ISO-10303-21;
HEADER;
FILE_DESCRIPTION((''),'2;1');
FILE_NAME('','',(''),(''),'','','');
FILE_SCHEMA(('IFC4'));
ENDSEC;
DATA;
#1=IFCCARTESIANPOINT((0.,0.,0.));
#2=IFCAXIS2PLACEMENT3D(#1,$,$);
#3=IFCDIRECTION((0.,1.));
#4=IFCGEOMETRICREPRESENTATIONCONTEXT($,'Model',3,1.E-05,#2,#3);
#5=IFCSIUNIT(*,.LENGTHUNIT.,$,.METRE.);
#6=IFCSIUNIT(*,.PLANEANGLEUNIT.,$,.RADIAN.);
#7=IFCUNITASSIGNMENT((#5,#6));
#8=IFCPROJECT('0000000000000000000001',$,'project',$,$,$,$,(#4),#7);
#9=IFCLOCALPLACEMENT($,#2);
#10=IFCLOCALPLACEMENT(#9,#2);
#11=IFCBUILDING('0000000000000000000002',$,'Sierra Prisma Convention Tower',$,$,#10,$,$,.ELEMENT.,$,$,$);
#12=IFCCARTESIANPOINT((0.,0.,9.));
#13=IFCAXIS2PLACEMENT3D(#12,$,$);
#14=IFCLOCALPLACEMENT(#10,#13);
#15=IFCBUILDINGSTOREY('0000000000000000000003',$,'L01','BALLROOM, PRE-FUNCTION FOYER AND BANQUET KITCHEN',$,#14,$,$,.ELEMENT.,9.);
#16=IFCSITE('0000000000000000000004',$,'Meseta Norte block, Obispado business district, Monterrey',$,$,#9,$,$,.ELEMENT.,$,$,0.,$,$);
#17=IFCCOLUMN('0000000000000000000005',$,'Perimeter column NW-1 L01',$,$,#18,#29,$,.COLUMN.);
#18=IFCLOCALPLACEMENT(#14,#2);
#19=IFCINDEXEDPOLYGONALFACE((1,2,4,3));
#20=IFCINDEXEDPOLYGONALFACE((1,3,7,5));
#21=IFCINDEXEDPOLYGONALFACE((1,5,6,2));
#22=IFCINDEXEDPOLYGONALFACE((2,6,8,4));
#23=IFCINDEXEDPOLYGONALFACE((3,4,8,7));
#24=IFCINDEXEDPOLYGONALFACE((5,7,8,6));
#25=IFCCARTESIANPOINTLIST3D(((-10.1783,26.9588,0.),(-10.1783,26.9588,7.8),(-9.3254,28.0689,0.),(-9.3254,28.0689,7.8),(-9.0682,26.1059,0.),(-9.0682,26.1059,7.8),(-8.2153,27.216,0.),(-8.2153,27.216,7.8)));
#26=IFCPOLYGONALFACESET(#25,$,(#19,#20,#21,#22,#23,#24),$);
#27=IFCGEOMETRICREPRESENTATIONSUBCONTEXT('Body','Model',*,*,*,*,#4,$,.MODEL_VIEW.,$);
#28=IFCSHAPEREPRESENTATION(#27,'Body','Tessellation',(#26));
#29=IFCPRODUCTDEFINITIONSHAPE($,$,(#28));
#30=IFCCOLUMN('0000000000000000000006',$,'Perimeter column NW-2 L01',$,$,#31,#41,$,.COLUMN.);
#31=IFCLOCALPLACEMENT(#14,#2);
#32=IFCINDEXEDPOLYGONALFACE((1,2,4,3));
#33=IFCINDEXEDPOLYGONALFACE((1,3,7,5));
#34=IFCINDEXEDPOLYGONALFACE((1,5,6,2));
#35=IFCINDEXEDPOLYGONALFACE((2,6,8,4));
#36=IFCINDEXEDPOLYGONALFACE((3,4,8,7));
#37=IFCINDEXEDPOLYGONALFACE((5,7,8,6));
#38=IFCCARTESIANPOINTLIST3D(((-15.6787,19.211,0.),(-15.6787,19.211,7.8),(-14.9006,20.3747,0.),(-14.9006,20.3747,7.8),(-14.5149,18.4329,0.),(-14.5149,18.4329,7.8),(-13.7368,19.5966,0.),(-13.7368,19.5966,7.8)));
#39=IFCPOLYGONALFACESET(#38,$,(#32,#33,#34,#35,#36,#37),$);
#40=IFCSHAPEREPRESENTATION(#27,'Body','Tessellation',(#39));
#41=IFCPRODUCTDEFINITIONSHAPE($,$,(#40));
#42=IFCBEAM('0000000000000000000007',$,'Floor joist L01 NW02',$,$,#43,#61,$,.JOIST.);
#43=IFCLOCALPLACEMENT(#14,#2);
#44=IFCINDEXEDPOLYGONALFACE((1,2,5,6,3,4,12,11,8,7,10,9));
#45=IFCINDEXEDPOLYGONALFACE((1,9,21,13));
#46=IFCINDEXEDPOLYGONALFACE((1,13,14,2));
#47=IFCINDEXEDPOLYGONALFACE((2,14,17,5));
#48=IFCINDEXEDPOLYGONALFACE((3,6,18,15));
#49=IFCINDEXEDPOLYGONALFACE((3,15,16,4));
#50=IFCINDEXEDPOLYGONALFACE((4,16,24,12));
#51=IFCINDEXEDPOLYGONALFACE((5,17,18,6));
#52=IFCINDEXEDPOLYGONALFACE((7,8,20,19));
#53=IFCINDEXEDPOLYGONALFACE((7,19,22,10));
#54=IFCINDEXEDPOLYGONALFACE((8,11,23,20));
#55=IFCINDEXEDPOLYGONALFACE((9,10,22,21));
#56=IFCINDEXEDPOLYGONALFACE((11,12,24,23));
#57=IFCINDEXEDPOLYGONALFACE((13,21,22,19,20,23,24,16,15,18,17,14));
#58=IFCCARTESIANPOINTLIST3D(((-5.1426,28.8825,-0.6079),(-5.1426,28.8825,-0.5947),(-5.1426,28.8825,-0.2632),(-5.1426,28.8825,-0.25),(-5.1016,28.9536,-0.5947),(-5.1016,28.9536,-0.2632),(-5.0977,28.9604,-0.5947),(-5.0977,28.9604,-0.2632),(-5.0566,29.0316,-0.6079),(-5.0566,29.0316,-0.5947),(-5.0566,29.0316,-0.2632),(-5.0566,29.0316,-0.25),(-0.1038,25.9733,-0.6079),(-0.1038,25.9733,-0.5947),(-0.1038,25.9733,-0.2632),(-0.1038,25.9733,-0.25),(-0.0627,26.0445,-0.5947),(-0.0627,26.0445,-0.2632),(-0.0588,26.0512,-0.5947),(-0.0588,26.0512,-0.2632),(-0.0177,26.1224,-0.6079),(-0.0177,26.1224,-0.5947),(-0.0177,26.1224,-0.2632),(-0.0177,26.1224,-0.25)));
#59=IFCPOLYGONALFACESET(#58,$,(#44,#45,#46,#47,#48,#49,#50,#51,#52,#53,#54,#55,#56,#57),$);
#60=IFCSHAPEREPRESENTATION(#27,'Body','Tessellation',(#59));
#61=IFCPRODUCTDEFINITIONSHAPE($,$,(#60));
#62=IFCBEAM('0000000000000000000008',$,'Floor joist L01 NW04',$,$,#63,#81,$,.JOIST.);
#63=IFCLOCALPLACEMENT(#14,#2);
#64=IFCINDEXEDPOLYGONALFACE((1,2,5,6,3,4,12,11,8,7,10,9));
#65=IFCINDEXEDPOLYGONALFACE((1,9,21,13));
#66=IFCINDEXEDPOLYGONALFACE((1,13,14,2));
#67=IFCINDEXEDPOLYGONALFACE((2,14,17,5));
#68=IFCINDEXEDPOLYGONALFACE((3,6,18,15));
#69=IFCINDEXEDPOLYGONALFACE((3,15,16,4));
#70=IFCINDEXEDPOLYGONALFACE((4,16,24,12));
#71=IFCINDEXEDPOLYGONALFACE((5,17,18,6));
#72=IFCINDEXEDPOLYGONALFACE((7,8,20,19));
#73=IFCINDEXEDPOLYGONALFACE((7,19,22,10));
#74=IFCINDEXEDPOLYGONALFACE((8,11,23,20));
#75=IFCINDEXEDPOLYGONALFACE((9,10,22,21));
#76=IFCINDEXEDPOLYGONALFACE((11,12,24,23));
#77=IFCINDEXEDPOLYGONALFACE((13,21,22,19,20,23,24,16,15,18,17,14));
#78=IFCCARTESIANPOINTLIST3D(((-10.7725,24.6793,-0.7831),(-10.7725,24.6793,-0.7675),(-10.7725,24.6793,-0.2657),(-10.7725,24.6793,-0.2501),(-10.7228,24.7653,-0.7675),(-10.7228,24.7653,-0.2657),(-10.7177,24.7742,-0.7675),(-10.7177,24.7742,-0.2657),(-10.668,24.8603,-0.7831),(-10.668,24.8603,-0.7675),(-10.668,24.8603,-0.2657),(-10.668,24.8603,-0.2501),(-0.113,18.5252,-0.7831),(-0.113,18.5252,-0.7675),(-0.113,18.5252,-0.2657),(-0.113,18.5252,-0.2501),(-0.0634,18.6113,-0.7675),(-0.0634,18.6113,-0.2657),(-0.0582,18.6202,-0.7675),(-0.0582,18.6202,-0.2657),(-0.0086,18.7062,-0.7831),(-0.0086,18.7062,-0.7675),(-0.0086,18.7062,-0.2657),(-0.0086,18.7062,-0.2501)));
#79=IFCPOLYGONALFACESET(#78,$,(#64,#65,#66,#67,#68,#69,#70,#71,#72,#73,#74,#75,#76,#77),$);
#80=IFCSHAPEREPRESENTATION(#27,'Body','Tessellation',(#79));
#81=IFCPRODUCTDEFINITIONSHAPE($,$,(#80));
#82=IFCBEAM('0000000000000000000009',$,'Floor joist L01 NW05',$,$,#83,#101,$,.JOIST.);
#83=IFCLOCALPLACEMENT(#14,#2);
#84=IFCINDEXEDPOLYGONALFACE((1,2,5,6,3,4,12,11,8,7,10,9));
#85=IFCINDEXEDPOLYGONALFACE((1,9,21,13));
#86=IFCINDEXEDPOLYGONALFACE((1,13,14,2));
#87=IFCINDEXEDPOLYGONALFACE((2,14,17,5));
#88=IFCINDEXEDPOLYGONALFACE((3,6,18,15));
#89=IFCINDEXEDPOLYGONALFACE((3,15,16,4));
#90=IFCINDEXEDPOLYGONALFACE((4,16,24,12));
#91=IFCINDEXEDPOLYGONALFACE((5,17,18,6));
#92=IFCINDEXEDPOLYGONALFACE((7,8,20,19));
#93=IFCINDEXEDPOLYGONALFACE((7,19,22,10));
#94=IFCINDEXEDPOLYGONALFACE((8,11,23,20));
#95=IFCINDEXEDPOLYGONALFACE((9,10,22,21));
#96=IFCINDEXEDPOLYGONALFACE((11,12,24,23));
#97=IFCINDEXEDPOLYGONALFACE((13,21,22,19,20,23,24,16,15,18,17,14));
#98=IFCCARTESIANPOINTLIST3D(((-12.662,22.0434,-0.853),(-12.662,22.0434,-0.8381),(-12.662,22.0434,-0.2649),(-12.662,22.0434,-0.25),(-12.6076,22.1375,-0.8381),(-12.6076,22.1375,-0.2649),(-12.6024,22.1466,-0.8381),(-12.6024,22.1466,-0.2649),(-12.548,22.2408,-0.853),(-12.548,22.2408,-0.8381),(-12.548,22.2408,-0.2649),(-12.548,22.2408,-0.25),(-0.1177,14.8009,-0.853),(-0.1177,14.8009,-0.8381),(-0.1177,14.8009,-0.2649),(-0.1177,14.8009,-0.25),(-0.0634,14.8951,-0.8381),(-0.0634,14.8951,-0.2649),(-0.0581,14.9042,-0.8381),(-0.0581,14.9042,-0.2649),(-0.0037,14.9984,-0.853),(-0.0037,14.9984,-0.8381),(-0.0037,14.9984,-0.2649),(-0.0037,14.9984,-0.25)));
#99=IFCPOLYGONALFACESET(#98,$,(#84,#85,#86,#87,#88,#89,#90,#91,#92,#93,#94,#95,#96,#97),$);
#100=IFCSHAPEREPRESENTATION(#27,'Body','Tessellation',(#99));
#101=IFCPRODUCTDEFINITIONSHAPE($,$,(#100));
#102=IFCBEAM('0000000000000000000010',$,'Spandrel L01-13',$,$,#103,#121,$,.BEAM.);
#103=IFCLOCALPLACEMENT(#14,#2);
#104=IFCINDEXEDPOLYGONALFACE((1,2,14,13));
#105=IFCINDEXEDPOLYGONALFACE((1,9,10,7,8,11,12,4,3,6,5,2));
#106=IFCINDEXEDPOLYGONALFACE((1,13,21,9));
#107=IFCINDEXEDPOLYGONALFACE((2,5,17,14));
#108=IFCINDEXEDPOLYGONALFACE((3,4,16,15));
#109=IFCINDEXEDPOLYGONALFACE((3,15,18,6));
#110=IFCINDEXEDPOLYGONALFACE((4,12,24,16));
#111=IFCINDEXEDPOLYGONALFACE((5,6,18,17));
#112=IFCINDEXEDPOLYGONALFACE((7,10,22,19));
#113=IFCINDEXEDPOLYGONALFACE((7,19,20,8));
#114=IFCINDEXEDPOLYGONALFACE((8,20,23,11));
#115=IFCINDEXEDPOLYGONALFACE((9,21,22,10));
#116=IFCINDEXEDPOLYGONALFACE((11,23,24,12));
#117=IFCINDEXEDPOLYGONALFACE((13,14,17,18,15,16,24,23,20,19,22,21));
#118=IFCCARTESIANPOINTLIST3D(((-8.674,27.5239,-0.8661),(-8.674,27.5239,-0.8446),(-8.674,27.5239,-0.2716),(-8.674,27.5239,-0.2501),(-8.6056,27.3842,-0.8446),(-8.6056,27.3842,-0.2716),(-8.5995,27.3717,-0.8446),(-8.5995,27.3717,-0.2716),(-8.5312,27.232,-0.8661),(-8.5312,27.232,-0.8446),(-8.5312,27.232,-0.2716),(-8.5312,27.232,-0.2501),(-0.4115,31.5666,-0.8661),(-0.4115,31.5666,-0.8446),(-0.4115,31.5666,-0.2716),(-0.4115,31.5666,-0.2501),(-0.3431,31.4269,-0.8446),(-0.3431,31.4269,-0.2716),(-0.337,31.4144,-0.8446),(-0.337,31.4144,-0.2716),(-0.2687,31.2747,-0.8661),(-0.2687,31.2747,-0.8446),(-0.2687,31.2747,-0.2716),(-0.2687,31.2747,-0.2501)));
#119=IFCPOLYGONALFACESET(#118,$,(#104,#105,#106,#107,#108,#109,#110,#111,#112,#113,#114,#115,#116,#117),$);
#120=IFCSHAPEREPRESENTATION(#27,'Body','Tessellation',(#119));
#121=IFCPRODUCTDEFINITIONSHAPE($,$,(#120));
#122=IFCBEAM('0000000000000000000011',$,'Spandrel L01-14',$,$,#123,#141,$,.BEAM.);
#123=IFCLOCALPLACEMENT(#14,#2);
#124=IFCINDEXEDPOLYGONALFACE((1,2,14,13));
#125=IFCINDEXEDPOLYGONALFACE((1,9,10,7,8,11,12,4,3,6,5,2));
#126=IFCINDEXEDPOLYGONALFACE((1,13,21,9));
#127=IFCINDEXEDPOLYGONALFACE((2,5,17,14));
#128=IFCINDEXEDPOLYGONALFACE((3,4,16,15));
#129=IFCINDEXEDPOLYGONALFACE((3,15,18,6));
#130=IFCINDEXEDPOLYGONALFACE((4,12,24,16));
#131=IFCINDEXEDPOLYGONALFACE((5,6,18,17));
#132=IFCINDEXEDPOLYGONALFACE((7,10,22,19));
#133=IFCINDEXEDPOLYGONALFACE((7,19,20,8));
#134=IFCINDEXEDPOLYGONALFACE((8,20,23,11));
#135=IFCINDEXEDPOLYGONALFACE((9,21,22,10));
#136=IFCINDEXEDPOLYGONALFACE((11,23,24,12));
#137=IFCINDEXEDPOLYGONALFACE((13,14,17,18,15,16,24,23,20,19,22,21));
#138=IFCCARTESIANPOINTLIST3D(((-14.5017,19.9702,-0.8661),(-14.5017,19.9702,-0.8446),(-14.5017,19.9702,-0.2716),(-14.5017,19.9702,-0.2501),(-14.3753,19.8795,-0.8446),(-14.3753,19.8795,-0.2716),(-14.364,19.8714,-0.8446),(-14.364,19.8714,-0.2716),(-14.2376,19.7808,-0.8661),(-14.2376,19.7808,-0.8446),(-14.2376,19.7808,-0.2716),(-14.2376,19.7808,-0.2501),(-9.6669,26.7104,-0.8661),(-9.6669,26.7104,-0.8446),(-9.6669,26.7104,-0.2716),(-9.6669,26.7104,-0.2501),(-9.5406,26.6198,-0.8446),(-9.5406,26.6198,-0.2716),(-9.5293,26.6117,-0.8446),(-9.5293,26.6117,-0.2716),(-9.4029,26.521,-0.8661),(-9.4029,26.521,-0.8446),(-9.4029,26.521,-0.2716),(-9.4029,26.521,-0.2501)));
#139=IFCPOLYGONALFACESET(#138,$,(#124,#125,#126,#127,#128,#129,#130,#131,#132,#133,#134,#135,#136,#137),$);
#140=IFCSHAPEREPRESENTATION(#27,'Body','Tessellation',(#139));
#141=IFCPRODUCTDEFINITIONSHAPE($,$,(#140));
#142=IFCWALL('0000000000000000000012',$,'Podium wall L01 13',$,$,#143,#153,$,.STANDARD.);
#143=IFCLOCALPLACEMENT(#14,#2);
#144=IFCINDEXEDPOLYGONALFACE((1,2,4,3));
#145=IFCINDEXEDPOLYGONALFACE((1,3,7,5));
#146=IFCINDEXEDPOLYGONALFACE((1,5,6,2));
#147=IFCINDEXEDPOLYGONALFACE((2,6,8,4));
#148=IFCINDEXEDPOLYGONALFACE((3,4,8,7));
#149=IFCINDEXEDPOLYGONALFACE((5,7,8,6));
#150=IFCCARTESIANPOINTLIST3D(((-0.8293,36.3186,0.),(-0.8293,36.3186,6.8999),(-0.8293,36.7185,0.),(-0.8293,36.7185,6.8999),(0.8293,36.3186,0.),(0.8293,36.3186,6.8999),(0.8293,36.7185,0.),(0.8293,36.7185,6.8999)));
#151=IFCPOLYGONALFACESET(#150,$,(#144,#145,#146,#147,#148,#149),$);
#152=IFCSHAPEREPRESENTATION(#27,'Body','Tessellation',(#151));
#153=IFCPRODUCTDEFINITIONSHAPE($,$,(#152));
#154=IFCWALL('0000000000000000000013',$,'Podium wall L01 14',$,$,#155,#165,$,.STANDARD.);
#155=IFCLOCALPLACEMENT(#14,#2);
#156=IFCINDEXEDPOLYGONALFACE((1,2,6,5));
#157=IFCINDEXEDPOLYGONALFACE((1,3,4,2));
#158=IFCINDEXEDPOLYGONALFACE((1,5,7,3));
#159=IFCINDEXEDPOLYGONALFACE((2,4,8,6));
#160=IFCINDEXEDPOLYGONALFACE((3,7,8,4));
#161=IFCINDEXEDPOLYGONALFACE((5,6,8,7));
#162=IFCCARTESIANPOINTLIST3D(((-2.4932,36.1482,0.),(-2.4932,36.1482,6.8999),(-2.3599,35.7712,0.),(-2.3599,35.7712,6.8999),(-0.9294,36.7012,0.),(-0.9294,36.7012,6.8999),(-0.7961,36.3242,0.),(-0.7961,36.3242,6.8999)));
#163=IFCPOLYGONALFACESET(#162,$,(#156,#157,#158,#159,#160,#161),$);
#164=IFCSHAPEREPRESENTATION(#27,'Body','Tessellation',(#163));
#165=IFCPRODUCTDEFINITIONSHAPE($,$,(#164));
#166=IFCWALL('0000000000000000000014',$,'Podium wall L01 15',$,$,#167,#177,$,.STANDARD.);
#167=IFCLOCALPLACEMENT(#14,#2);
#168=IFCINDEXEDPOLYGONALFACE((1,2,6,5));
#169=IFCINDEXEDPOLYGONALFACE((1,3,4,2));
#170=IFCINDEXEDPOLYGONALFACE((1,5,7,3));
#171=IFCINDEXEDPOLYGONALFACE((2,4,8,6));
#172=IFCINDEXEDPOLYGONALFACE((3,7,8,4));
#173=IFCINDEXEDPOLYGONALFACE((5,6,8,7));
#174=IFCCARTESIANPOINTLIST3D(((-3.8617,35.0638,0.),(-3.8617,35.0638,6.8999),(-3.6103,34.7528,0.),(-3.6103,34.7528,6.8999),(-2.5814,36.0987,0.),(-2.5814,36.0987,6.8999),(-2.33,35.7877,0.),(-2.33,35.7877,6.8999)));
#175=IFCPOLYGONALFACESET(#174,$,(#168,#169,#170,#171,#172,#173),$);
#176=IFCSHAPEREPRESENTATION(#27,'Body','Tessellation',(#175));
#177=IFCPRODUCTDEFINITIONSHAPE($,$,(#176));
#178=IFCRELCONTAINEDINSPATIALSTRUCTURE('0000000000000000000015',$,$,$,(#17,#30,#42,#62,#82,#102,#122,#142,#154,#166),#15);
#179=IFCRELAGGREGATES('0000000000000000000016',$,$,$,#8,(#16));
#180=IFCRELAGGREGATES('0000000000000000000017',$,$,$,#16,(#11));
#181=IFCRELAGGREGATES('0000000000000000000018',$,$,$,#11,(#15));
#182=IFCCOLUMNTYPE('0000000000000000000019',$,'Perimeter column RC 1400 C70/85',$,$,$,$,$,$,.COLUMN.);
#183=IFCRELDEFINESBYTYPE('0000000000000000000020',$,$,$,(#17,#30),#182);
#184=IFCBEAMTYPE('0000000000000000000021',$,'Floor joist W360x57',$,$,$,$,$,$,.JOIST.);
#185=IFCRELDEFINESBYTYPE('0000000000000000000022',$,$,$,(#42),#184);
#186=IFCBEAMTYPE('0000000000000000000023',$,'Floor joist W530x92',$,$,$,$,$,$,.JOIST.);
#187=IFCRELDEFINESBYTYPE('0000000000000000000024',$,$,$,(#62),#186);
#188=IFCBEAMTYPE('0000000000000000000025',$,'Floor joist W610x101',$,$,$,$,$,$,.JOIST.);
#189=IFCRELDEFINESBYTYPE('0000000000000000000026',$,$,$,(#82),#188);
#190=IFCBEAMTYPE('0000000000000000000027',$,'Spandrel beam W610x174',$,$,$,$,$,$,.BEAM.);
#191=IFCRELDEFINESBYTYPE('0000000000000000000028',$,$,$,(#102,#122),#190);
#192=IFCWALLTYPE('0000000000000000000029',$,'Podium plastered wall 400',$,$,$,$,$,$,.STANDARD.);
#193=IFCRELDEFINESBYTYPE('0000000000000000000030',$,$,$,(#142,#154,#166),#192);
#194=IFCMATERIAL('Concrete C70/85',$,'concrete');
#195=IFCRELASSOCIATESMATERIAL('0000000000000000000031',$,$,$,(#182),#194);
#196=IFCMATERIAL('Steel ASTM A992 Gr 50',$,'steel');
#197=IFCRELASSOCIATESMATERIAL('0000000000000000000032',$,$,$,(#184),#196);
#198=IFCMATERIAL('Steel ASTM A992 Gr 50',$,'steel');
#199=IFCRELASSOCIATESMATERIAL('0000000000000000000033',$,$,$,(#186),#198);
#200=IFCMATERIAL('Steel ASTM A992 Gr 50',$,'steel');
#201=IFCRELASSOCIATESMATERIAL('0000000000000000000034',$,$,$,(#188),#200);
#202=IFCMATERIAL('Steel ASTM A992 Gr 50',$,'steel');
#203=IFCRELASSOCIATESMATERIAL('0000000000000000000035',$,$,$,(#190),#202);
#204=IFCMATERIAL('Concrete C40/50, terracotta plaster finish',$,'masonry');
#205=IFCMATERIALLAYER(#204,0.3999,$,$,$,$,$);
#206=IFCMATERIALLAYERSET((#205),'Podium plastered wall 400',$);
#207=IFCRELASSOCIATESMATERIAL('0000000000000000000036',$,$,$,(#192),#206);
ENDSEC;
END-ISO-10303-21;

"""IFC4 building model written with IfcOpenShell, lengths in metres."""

from ifc_helpers import new_model, si_unit, direction, frame, frame_2d, origin, origin_2d, place, context, subcontext, project, spatial, rectangle, i_section, extrude, material, layer, layer_set, material_profile, profile_set, type_object, element, save


model = new_model("IFC4")

# Units and contexts
model_context = context("Model", 3, precision=1e-05, world=origin(), true_north=direction((0.0, 1.0)))
body_context = subcontext(model_context, "Body", "Model", "MODEL_VIEW")
ifc_project = project(units=[si_unit("LENGTHUNIT", "METRE"), si_unit("PLANEANGLEUNIT", "RADIAN")], contexts=[model_context])

# Site, building, storey
site_placement = place(None, origin())
site = spatial("IfcSite", under=ifc_project, at=site_placement, Name="Meseta Norte block, Obispado business district, Monterrey", CompositionType="ELEMENT", RefElevation=0.0)
building_placement = place(site_placement, origin())
building = spatial("IfcBuilding", under=site, at=building_placement, Name="Sierra Prisma Convention Tower", CompositionType="ELEMENT")
storey_placement = place(building_placement, frame((0.0, 0.0, 9.0)))
storey = spatial("IfcBuildingStorey", under=building, at=storey_placement, Name="L01", Description="BALLROOM, PRE-FUNCTION FOYER AND BANQUET KITCHEN", CompositionType="ELEMENT", Elevation=9.0)

# Columns
ifc_material_1 = material(Name="Concrete C70/85", Category="concrete")
ifc_material_profile_1 = material_profile(ifc_material_1, rectangle(XDim=1.3999, YDim=1.3999, at=origin_2d()), Name="Perimeter column RC 1400 C70/85")
ifc_profile_set_1 = profile_set([ifc_material_profile_1], Name="Concrete C70/85")
column_type = type_object("IfcColumnType", Name="Perimeter column RC 1400 C70/85", PredefinedType="COLUMN", material=ifc_profile_set_1)
for number, where, z_axis, x_axis, name in (
    (1, (-9.1968, 27.0874, 0.0), (0.0, 0.0, 1.0), (0.609232, 0.792992, 0.0), "Perimeter column NW-1 L01"),
    (2, (-14.7078, 19.4038, 0.0), (0.0, 0.0, 1.0), (0.555817, 0.831305, 0.0), "Perimeter column NW-2 L01"),
):
    element("IfcColumn", number, at=place(storey_placement, frame(where, z_axis=z_axis, x_axis=x_axis)), inside=storey, type_object=column_type, Name=name, PredefinedType="COLUMN", context=body_context, shape_type="SweptSolid", body=[
        extrude(rectangle(XDim=1.3999, YDim=1.3999, at=origin_2d()), origin(), (0.0, 0.0, 1.0), 7.8),
    ])

# Beams
ifc_material_2 = material(Name="Steel ASTM A992 Gr 50", Category="steel")
ifc_material_profile_2 = material_profile(ifc_material_2, i_section(OverallWidth=0.1721, OverallDepth=0.3579, WebThickness=0.0078, FlangeThickness=0.0132, at=origin_2d()), Name="W360x57")
ifc_profile_set_2 = profile_set([ifc_material_profile_2], Name="Steel ASTM A992 Gr 50")
beam_type_1 = type_object("IfcBeamType", Name="Floor joist W360x57", PredefinedType="JOIST", material=ifc_profile_set_2)
beam_1_placement = place(storey_placement, frame((-5.0996, 28.957, -0.429), z_axis=(0.866024, -0.500002, 0.0), x_axis=(0.500002, 0.866024, 0.0)))
element("IfcBeam", 3, at=beam_1_placement, inside=storey, type_object=beam_type_1, Name="Floor joist L01 NW02", PredefinedType="JOIST", context=body_context, shape_type="SweptSolid", body=[
    extrude(i_section(OverallWidth=0.1721, OverallDepth=0.3579, WebThickness=0.0078, FlangeThickness=0.0132, at=origin_2d()), origin(), (0.0, 0.0, 1.0), 5.8184),
])
ifc_material_3 = material(Name="Steel ASTM A992 Gr 50", Category="steel")
ifc_material_profile_3 = material_profile(ifc_material_3, i_section(OverallWidth=0.209, OverallDepth=0.533, WebThickness=0.0103, FlangeThickness=0.0156, at=origin_2d()), Name="W530x92")
ifc_profile_set_3 = profile_set([ifc_material_profile_3], Name="Steel ASTM A992 Gr 50")
beam_type_2 = type_object("IfcBeamType", Name="Floor joist W530x92", PredefinedType="JOIST", material=ifc_profile_set_3)
beam_2_placement = place(storey_placement, frame((-10.7202, 24.7698, -0.5166), z_axis=(0.866031, -0.49999, 0.0), x_axis=(0.49999, 0.866031, 0.0)))
element("IfcBeam", 4, at=beam_2_placement, inside=storey, type_object=beam_type_2, Name="Floor joist L01 NW04", PredefinedType="JOIST", context=body_context, shape_type="SweptSolid", body=[
    extrude(i_section(OverallWidth=0.209, OverallDepth=0.533, WebThickness=0.0103, FlangeThickness=0.0156, at=origin_2d()), origin(), (0.0, 0.0, 1.0), 12.3083),
])
ifc_material_4 = material(Name="Steel ASTM A992 Gr 50", Category="steel")
ifc_material_profile_4 = material_profile(ifc_material_4, i_section(OverallWidth=0.228, OverallDepth=0.603, WebThickness=0.0105, FlangeThickness=0.0149, at=origin_2d()), Name="W610x101")
ifc_profile_set_4 = profile_set([ifc_material_profile_4], Name="Steel ASTM A992 Gr 50")
beam_type_3 = type_object("IfcBeamType", Name="Floor joist W610x101", PredefinedType="JOIST", material=ifc_profile_set_4)
beam_3_placement = place(storey_placement, frame((-12.605, 22.1421, -0.5515), z_axis=(0.866024, -0.500002, 0.0), x_axis=(0.500002, 0.866024, 0.0)))
element("IfcBeam", 5, at=beam_3_placement, inside=storey, type_object=beam_type_3, Name="Floor joist L01 NW05", PredefinedType="JOIST", context=body_context, shape_type="SweptSolid", body=[
    extrude(i_section(OverallWidth=0.228, OverallDepth=0.603, WebThickness=0.0105, FlangeThickness=0.0149, at=origin_2d()), origin(), (0.0, 0.0, 1.0), 14.4849),
])
ifc_material_5 = material(Name="Steel ASTM A992 Gr 50", Category="steel")
ifc_material_profile_5 = material_profile(ifc_material_5, i_section(OverallWidth=0.325, OverallDepth=0.616, WebThickness=0.0139, FlangeThickness=0.0215, at=origin_2d()), Name="W610x174")
ifc_profile_set_5 = profile_set([ifc_material_profile_5], Name="Steel ASTM A992 Gr 50")
beam_type_4 = type_object("IfcBeamType", Name="Spandrel beam W610x174", PredefinedType="BEAM", material=ifc_profile_set_5)
beam_4_placement = place(storey_placement, frame((-0.3401, 31.4207, -0.5581), z_axis=(-0.898243, -0.4395, 0.0), x_axis=(0.4395, -0.898243, 0.0)))
element("IfcBeam", 6, at=beam_4_placement, inside=storey, type_object=beam_type_4, Name="Spandrel L01-13", PredefinedType="BEAM", context=body_context, shape_type="SweptSolid", body=[
    extrude(i_section(OverallWidth=0.325, OverallDepth=0.616, WebThickness=0.0139, FlangeThickness=0.0215, at=origin_2d()), origin(), (0.0, 0.0, 1.0), 9.1985),
])
beam_5_placement = place(storey_placement, frame((-9.5349, 26.6157, -0.5581), z_axis=(-0.582855, -0.812576, 0.0), x_axis=(0.812576, -0.582855, 0.0)))
element("IfcBeam", 7, at=beam_5_placement, inside=storey, type_object=beam_type_4, Name="Spandrel L01-14", PredefinedType="BEAM", context=body_context, shape_type="SweptSolid", body=[
    extrude(i_section(OverallWidth=0.325, OverallDepth=0.616, WebThickness=0.0139, FlangeThickness=0.0215, at=origin_2d()), origin(), (0.0, 0.0, 1.0), 8.2949),
])

# Walls
ifc_material_6 = material(Name="Concrete C40/50, terracotta plaster finish", Category="masonry")
ifc_layer_1 = layer(ifc_material_6, 0.3999)
ifc_layer_set_1 = layer_set([ifc_layer_1], Name="Podium plastered wall 400")
wall_type_1 = type_object("IfcWallType", Name="Podium plastered wall 400", PredefinedType="STANDARD", material=ifc_layer_set_1)
for number, where, z_axis, x_axis, name in (
    (8, (-0.8293, 36.5186, 0.0), (0.0, 0.0, 1.0), (1.0, 0.0, 0.0), "Podium wall L01 13"),
    (9, (-2.4265, 35.9597, 0.0), (0.0, 0.0, 1.0), (0.942786, 0.333398, 0.0), "Podium wall L01 14"),
):
    element("IfcWall", number, at=place(storey_placement, frame(where, z_axis=z_axis, x_axis=x_axis)), inside=storey, type_object=wall_type_1, Name=name, PredefinedType="STANDARD", context=body_context, shape_type="SweptSolid", body=[
        extrude(rectangle(XDim=1.6587, YDim=0.3999, at=frame_2d((0.8293, 0.0))), origin(), (0.0, 0.0, 1.0), 6.8999),
    ])
wall_1_placement = place(storey_placement, frame((-3.7361, 34.9082, 0.0), z_axis=(0.0, 0.0, 1.0), x_axis=(0.77769, 0.628648, 0.0)))
element("IfcWall", 10, at=wall_1_placement, inside=storey, type_object=wall_type_1, Name="Podium wall L01 15", PredefinedType="STANDARD", context=body_context, shape_type="SweptSolid", body=[
    extrude(rectangle(XDim=1.6462, YDim=0.3999, at=frame_2d((0.8232, 0.0))), origin(), (0.0, 0.0, 1.0), 6.8999),
])

save(model, "model.ifc")
